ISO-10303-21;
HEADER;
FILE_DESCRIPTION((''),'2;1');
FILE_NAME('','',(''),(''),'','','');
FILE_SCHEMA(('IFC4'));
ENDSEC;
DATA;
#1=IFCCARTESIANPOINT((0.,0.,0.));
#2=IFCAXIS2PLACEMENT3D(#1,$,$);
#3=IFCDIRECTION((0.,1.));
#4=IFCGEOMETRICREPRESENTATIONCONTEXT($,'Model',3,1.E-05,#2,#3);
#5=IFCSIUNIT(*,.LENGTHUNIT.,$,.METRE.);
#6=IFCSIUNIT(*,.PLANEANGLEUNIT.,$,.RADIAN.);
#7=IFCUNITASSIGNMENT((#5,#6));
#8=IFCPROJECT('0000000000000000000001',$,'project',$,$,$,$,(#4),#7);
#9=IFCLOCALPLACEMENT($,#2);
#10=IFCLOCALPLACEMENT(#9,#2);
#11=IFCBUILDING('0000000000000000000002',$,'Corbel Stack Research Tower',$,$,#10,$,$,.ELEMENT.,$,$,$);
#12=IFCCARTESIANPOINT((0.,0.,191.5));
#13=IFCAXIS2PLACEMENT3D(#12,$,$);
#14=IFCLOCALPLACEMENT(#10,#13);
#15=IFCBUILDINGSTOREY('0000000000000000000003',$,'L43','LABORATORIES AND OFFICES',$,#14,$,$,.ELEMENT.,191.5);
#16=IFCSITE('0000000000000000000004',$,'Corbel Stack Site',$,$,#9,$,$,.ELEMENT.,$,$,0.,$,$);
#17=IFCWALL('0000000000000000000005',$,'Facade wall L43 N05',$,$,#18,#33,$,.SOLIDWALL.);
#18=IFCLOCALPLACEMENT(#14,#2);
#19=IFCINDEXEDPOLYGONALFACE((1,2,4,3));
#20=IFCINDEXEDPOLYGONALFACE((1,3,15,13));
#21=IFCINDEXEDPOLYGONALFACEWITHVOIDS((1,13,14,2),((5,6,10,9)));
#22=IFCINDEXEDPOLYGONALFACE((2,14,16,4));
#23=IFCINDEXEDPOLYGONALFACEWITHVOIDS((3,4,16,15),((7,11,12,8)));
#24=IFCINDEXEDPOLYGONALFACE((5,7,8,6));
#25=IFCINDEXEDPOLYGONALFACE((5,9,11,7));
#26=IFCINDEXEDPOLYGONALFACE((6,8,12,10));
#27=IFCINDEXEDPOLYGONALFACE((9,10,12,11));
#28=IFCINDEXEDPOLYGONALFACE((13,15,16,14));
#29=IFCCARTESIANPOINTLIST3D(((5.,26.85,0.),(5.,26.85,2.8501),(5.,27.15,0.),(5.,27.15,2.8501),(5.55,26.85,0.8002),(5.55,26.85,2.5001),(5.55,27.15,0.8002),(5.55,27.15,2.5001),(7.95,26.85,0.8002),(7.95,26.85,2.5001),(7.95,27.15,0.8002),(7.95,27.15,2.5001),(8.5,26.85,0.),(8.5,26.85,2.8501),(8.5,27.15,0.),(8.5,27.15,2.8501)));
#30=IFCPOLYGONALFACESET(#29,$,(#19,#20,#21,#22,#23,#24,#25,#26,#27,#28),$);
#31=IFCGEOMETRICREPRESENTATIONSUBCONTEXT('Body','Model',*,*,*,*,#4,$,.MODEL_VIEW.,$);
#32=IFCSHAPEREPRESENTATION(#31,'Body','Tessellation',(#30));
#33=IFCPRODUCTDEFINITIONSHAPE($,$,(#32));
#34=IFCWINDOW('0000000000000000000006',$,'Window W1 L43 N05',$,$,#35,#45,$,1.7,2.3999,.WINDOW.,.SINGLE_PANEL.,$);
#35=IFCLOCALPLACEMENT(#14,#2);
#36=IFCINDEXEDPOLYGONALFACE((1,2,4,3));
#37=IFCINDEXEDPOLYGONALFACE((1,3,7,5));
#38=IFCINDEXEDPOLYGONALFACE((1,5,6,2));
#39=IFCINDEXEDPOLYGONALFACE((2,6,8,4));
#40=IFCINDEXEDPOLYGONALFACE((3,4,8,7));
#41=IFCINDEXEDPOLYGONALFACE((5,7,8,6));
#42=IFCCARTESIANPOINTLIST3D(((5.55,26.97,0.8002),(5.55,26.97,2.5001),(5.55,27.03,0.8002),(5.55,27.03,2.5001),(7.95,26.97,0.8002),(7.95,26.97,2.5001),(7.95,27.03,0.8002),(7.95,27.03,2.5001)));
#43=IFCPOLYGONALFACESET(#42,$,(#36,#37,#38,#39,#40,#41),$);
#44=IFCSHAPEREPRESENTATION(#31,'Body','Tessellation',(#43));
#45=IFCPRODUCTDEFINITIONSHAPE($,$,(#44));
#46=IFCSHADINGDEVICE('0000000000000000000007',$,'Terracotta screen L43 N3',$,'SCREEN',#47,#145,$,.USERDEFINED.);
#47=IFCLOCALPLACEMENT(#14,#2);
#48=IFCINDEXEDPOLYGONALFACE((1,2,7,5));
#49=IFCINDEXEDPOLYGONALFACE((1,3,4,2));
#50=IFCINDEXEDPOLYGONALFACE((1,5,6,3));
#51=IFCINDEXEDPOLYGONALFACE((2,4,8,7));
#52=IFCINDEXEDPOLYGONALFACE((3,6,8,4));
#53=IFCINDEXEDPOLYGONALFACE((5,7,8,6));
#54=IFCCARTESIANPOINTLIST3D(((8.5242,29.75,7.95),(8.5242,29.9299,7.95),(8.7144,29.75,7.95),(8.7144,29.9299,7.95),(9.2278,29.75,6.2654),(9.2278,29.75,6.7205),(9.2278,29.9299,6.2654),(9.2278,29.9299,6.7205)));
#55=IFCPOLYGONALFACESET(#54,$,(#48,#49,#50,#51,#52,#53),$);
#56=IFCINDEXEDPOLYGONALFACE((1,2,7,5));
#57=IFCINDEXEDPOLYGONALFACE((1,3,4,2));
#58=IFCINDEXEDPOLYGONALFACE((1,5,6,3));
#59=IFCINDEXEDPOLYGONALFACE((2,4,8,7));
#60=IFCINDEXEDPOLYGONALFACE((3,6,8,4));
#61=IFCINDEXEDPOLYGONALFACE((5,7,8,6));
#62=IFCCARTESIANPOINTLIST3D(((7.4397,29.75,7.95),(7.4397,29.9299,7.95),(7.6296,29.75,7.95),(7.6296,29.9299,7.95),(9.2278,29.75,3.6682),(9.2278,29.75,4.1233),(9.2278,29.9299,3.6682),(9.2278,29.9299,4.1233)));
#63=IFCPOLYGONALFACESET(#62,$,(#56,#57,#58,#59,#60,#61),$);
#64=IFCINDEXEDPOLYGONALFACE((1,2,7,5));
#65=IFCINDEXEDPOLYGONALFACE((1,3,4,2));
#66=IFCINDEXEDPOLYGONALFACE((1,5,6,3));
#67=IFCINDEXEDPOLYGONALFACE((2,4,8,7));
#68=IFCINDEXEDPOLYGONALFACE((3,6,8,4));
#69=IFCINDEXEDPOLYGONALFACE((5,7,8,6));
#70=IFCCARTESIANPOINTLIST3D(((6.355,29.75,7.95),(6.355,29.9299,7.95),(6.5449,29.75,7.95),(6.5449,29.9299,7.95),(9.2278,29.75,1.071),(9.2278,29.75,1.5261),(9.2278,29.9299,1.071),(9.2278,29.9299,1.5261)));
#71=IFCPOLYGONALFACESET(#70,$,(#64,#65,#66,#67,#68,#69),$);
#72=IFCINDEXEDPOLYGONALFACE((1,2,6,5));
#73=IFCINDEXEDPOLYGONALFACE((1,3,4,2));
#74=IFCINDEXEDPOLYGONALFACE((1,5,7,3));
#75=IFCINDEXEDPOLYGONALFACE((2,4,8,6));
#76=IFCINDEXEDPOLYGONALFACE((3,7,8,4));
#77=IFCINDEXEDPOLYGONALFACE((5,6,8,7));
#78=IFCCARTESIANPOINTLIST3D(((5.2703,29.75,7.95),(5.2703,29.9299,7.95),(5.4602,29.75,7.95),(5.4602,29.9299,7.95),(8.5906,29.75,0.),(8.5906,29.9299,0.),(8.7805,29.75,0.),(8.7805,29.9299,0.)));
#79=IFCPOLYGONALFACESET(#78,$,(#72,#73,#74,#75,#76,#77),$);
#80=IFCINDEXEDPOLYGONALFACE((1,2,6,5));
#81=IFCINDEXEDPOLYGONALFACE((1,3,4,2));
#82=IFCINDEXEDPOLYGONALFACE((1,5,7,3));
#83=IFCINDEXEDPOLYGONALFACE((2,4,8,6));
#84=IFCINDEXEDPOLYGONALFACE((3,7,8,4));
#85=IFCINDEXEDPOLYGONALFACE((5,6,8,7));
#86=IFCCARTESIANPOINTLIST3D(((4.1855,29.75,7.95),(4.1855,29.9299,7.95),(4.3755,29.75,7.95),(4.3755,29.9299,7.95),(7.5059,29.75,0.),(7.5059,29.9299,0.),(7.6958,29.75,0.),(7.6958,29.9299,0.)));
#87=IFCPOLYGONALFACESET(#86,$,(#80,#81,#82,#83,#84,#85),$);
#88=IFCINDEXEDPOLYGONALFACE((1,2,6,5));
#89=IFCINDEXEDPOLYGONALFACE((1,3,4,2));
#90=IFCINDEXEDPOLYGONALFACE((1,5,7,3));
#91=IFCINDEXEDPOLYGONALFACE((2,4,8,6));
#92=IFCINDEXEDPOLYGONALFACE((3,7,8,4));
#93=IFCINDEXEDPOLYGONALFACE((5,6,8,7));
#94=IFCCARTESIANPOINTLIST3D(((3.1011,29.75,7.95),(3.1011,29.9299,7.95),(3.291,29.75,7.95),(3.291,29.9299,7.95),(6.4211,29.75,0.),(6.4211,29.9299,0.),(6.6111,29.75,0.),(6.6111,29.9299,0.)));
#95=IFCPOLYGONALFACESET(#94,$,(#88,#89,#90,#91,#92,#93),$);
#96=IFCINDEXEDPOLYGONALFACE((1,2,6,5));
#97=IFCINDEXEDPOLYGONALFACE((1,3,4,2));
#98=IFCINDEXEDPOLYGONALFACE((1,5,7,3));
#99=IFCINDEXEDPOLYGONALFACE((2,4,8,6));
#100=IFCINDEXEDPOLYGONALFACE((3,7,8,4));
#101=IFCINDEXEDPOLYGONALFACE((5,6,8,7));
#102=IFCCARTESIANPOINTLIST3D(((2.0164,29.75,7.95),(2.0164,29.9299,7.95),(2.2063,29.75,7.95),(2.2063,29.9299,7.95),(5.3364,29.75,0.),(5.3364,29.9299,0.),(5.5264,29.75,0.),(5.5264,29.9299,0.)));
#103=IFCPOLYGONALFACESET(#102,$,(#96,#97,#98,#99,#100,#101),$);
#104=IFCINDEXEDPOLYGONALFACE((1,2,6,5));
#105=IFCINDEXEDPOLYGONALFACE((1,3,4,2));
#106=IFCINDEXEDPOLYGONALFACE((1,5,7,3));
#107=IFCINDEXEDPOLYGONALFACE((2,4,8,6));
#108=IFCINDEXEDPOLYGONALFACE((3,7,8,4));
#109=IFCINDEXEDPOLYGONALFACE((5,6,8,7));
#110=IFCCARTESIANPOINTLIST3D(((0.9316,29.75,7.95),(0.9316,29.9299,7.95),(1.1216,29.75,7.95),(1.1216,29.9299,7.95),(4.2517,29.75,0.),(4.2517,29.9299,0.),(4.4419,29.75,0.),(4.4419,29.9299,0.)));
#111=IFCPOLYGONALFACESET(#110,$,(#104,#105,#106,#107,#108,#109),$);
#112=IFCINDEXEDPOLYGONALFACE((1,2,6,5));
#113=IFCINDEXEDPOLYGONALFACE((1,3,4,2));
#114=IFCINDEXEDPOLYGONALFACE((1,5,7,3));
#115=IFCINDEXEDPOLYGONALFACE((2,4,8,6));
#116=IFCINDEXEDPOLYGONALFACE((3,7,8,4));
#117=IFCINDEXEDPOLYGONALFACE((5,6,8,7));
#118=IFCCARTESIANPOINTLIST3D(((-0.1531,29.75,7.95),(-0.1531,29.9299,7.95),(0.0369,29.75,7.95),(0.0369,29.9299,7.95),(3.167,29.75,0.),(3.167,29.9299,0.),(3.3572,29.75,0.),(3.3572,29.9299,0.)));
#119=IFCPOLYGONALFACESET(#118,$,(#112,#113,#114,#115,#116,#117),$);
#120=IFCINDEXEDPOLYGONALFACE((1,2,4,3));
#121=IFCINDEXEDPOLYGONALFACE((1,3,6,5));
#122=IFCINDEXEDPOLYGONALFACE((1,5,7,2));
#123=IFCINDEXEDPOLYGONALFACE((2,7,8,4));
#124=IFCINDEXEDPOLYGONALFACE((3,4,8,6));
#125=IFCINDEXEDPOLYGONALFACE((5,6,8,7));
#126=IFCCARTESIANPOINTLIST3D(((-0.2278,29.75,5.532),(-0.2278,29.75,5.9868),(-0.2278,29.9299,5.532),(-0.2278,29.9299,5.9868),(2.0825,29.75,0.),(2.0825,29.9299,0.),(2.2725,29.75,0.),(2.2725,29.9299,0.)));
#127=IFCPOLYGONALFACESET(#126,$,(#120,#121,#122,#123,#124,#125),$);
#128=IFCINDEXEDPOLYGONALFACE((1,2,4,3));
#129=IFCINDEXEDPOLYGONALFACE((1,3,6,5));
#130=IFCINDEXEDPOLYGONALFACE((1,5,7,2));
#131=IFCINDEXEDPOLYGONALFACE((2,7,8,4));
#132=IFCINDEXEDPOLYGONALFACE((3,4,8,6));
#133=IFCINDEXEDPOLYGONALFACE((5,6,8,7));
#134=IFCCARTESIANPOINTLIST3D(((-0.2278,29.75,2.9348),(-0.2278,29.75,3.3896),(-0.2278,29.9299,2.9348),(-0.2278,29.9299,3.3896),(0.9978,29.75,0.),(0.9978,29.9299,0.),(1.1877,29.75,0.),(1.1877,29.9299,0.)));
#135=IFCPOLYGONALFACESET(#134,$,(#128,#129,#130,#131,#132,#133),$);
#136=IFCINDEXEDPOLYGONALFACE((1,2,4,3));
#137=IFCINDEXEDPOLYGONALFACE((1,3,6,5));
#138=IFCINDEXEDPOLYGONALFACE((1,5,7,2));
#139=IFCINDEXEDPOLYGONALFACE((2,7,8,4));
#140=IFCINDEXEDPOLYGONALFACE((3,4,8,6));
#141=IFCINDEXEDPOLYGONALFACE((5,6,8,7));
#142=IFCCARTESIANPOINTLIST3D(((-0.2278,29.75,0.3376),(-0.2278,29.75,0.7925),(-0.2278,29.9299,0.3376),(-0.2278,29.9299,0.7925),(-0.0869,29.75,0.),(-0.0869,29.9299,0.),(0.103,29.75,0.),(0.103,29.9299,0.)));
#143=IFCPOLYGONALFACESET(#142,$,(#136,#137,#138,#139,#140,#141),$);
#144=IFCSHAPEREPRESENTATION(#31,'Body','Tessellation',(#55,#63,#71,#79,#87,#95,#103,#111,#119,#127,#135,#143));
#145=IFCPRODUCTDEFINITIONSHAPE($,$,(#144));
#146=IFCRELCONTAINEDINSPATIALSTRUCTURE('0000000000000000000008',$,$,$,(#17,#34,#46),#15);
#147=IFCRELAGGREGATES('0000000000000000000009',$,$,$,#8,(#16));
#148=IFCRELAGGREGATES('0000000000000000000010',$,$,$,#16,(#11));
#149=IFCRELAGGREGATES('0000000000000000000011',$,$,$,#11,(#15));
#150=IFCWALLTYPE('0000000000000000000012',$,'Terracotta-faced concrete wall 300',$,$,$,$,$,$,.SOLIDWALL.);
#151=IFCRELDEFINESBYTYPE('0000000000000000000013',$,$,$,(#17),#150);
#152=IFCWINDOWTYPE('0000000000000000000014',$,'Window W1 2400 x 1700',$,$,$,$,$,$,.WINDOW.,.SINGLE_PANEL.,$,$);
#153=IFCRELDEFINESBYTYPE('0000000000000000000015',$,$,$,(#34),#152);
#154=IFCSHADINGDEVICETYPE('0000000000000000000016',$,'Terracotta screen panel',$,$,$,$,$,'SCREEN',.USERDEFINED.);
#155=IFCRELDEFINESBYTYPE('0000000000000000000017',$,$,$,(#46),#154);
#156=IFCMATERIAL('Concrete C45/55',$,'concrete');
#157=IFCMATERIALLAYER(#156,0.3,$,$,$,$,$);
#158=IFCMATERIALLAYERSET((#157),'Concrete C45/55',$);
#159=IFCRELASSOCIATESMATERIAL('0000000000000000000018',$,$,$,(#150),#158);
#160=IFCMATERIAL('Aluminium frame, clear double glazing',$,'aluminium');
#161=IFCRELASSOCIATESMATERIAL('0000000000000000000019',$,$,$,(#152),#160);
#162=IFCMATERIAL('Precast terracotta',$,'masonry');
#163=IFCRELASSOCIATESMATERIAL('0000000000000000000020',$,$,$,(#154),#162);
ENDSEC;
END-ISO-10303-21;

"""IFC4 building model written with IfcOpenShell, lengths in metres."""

from ifc_helpers import new_model, si_unit, direction, frame, frame_2d, origin, place, context, subcontext, project, spatial, polyline, rectangle, outline, extrude, source, transform, mapped, material, layer, layer_set, type_object, element, fill, save


model = new_model("IFC4")

# Units and contexts
model_context = context("Model", 3, precision=1e-05, world=origin(), true_north=direction((0.0, 1.0)))
body_context = subcontext(model_context, "Body", "Model", "MODEL_VIEW")
ifc_project = project(units=[si_unit("LENGTHUNIT", "METRE"), si_unit("PLANEANGLEUNIT", "RADIAN")], contexts=[model_context])

# Site, building, storey
site_placement = place(None, origin())
site = spatial("IfcSite", under=ifc_project, at=site_placement, Name="Corbel Stack Site", CompositionType="ELEMENT", RefElevation=0.0)
building_placement = place(site_placement, origin())
building = spatial("IfcBuilding", under=site, at=building_placement, Name="Corbel Stack Research Tower", CompositionType="ELEMENT")
storey_placement = place(building_placement, frame((0.0, 0.0, 191.5)))
storey = spatial("IfcBuildingStorey", under=building, at=storey_placement, Name="L43", Description="LABORATORIES AND OFFICES", CompositionType="ELEMENT", Elevation=191.5)

# Shared definitions
ifc_material_1 = material(Name="Concrete C45/55", Category="concrete")
ifc_layer_1 = layer(ifc_material_1, 0.3)
ifc_layer_set_1 = layer_set([ifc_layer_1], Name="Concrete C45/55")
wall_type_1 = type_object("IfcWallType", Name="Terracotta-faced concrete wall 300", PredefinedType="SOLIDWALL", material=ifc_layer_set_1)

# Wall, opening, window
ifc_material_2 = material(Name="Aluminium frame, clear double glazing", Category="aluminium")
window_type = type_object("IfcWindowType", Name="Window W1 2400 x 1700", PartitioningType="SINGLE_PANEL", PredefinedType="WINDOW", material=ifc_material_2)
wall_1_placement = place(storey_placement, frame((5.0, 27.0, 0.0), z_axis=(0.0, 0.0, 1.0), x_axis=(1.0, 0.0, 0.0)))
wall_1 = element("IfcWall", 1, at=wall_1_placement, inside=storey, type_object=wall_type_1, Name="Facade wall L43 N05", PredefinedType="SOLIDWALL", context=body_context, shape_type="SweptSolid", body=[
    extrude(rectangle(XDim=3.5, YDim=0.3, at=frame_2d((1.75, 0.0))), origin(), (0.0, 0.0, 1.0), 2.8501),
])
opening_1_placement = place(wall_1_placement, frame((0.55, 0.0, 0.8)))
opening_1 = element("IfcOpeningElement", 2, at=opening_1_placement, cuts=wall_1, PredefinedType="OPENING", context=body_context, shape_type="SweptSolid", body=[
    extrude(rectangle(XDim=2.3999, YDim=1.7, at=frame_2d((1.2, 0.8501))), frame((0.0, 0.1599, 0.0), z_axis=(0.0, -1.0, 0.0), x_axis=(1.0, 0.0, 0.0)), (0.0, 0.0, 1.0), 0.3201),
])
window_1_placement = place(opening_1_placement, origin())
window_1 = element("IfcWindow", 3, at=window_1_placement, inside=storey, type_object=window_type, Name="Window W1 L43 N05", OverallHeight=1.7, OverallWidth=2.3999, PartitioningType="SINGLE_PANEL", PredefinedType="WINDOW", context=body_context, shape_type="SweptSolid", body=[
    extrude(rectangle(XDim=2.3999, YDim=1.7, at=frame_2d((1.2, 0.8501))), frame((0.0, 0.03, 0.0), z_axis=(0.0, -1.0, 0.0), x_axis=(1.0, 0.0, 0.0)), (0.0, 0.0, 1.0), 0.0601),
])
fill(opening_1, window_1)

# Shading device
ifc_material_3 = material(Name="Precast terracotta", Category="masonry")
shading_device_type = type_object("IfcShadingDeviceType", Name="Terracotta screen panel", ElementType="SCREEN", PredefinedType="USERDEFINED", material=ifc_material_3)
shared_shape_1 = source(origin(), body_context, "Body", "SweptSolid", [
    extrude(outline(polyline([(0.7036, 7.95), (0.5134, 7.95), (0.0, 6.7205), (0.0, 6.2654), (0.7036, 7.95)])), frame((0.0, 0.0, 0.0), z_axis=(0.0, -1.0, 0.0), x_axis=(1.0, 0.0, 0.0)), (0.0, 0.0, 1.0), 0.1799),
    extrude(outline(polyline([(1.7881, 7.95), (1.5981, 7.95), (0.0, 4.1233), (0.0, 3.6682), (1.7881, 7.95)])), frame((0.0, 0.0, 0.0), z_axis=(0.0, -1.0, 0.0), x_axis=(1.0, 0.0, 0.0)), (0.0, 0.0, 1.0), 0.1799),
    extrude(outline(polyline([(2.8728, 7.95), (2.6829, 7.95), (0.0, 1.5261), (0.0, 1.071), (2.8728, 7.95)])), frame((0.0, 0.0, 0.0), z_axis=(0.0, -1.0, 0.0), x_axis=(1.0, 0.0, 0.0)), (0.0, 0.0, 1.0), 0.1799),
    extrude(outline(polyline([(0.6372, 0.0), (3.9575, 7.95), (3.7676, 7.95), (0.4473, 0.0), (0.6372, 0.0)])), frame((0.0, 0.0, 0.0), z_axis=(0.0, -1.0, 0.0), x_axis=(1.0, 0.0, 0.0)), (0.0, 0.0, 1.0), 0.1799),
    extrude(outline(polyline([(1.7219, 0.0), (5.0422, 7.95), (4.8523, 7.95), (1.532, 0.0), (1.7219, 0.0)])), frame((0.0, 0.0, 0.0), z_axis=(0.0, -1.0, 0.0), x_axis=(1.0, 0.0, 0.0)), (0.0, 0.0, 1.0), 0.1799),
    extrude(outline(polyline([(2.8066, 0.0), (6.1267, 7.95), (5.9368, 7.95), (2.6167, 0.0), (2.8066, 0.0)])), frame((0.0, 0.0, 0.0), z_axis=(0.0, -1.0, 0.0), x_axis=(1.0, 0.0, 0.0)), (0.0, 0.0, 1.0), 0.1799),
    extrude(outline(polyline([(3.8914, 0.0), (7.2114, 7.95), (7.0215, 7.95), (3.7014, 0.0), (3.8914, 0.0)])), frame((0.0, 0.0, 0.0), z_axis=(0.0, -1.0, 0.0), x_axis=(1.0, 0.0, 0.0)), (0.0, 0.0, 1.0), 0.1799),
    extrude(outline(polyline([(4.9761, 0.0), (8.2961, 7.95), (8.1062, 7.95), (4.7859, 0.0), (4.9761, 0.0)])), frame((0.0, 0.0, 0.0), z_axis=(0.0, -1.0, 0.0), x_axis=(1.0, 0.0, 0.0)), (0.0, 0.0, 1.0), 0.1799),
    extrude(outline(polyline([(6.0608, 0.0), (9.3809, 7.95), (9.1909, 7.95), (5.8706, 0.0), (6.0608, 0.0)])), frame((0.0, 0.0, 0.0), z_axis=(0.0, -1.0, 0.0), x_axis=(1.0, 0.0, 0.0)), (0.0, 0.0, 1.0), 0.1799),
    extrude(outline(polyline([(7.1453, 0.0), (9.4556, 5.532), (9.4556, 5.9868), (6.9553, 0.0), (7.1453, 0.0)])), frame((0.0, 0.0, 0.0), z_axis=(0.0, -1.0, 0.0), x_axis=(1.0, 0.0, 0.0)), (0.0, 0.0, 1.0), 0.1799),
    extrude(outline(polyline([(8.23, 0.0), (9.4556, 2.9348), (9.4556, 3.3896), (8.04, 0.0), (8.23, 0.0)])), frame((0.0, 0.0, 0.0), z_axis=(0.0, -1.0, 0.0), x_axis=(1.0, 0.0, 0.0)), (0.0, 0.0, 1.0), 0.1799),
    extrude(outline(polyline([(9.3147, 0.0), (9.4556, 0.3376), (9.4556, 0.7925), (9.1248, 0.0), (9.3147, 0.0)])), frame((0.0, 0.0, 0.0), z_axis=(0.0, -1.0, 0.0), x_axis=(1.0, 0.0, 0.0)), (0.0, 0.0, 1.0), 0.1799),
])
shading_device_1_placement = place(storey_placement, frame((9.2278, 29.75, 0.0), z_axis=(0.0, 0.0, 1.0), x_axis=(-1.0, 0.0, 0.0)))
element("IfcShadingDevice", 4, at=shading_device_1_placement, inside=storey, type_object=shading_device_type, Name="Terracotta screen L43 N3", ObjectType="SCREEN", PredefinedType="USERDEFINED", context=body_context, shape_type="MappedRepresentation", body=[
    mapped(shared_shape_1, transform((0.0, 0.0, 0.0))),
])

save(model, "model.ifc")
